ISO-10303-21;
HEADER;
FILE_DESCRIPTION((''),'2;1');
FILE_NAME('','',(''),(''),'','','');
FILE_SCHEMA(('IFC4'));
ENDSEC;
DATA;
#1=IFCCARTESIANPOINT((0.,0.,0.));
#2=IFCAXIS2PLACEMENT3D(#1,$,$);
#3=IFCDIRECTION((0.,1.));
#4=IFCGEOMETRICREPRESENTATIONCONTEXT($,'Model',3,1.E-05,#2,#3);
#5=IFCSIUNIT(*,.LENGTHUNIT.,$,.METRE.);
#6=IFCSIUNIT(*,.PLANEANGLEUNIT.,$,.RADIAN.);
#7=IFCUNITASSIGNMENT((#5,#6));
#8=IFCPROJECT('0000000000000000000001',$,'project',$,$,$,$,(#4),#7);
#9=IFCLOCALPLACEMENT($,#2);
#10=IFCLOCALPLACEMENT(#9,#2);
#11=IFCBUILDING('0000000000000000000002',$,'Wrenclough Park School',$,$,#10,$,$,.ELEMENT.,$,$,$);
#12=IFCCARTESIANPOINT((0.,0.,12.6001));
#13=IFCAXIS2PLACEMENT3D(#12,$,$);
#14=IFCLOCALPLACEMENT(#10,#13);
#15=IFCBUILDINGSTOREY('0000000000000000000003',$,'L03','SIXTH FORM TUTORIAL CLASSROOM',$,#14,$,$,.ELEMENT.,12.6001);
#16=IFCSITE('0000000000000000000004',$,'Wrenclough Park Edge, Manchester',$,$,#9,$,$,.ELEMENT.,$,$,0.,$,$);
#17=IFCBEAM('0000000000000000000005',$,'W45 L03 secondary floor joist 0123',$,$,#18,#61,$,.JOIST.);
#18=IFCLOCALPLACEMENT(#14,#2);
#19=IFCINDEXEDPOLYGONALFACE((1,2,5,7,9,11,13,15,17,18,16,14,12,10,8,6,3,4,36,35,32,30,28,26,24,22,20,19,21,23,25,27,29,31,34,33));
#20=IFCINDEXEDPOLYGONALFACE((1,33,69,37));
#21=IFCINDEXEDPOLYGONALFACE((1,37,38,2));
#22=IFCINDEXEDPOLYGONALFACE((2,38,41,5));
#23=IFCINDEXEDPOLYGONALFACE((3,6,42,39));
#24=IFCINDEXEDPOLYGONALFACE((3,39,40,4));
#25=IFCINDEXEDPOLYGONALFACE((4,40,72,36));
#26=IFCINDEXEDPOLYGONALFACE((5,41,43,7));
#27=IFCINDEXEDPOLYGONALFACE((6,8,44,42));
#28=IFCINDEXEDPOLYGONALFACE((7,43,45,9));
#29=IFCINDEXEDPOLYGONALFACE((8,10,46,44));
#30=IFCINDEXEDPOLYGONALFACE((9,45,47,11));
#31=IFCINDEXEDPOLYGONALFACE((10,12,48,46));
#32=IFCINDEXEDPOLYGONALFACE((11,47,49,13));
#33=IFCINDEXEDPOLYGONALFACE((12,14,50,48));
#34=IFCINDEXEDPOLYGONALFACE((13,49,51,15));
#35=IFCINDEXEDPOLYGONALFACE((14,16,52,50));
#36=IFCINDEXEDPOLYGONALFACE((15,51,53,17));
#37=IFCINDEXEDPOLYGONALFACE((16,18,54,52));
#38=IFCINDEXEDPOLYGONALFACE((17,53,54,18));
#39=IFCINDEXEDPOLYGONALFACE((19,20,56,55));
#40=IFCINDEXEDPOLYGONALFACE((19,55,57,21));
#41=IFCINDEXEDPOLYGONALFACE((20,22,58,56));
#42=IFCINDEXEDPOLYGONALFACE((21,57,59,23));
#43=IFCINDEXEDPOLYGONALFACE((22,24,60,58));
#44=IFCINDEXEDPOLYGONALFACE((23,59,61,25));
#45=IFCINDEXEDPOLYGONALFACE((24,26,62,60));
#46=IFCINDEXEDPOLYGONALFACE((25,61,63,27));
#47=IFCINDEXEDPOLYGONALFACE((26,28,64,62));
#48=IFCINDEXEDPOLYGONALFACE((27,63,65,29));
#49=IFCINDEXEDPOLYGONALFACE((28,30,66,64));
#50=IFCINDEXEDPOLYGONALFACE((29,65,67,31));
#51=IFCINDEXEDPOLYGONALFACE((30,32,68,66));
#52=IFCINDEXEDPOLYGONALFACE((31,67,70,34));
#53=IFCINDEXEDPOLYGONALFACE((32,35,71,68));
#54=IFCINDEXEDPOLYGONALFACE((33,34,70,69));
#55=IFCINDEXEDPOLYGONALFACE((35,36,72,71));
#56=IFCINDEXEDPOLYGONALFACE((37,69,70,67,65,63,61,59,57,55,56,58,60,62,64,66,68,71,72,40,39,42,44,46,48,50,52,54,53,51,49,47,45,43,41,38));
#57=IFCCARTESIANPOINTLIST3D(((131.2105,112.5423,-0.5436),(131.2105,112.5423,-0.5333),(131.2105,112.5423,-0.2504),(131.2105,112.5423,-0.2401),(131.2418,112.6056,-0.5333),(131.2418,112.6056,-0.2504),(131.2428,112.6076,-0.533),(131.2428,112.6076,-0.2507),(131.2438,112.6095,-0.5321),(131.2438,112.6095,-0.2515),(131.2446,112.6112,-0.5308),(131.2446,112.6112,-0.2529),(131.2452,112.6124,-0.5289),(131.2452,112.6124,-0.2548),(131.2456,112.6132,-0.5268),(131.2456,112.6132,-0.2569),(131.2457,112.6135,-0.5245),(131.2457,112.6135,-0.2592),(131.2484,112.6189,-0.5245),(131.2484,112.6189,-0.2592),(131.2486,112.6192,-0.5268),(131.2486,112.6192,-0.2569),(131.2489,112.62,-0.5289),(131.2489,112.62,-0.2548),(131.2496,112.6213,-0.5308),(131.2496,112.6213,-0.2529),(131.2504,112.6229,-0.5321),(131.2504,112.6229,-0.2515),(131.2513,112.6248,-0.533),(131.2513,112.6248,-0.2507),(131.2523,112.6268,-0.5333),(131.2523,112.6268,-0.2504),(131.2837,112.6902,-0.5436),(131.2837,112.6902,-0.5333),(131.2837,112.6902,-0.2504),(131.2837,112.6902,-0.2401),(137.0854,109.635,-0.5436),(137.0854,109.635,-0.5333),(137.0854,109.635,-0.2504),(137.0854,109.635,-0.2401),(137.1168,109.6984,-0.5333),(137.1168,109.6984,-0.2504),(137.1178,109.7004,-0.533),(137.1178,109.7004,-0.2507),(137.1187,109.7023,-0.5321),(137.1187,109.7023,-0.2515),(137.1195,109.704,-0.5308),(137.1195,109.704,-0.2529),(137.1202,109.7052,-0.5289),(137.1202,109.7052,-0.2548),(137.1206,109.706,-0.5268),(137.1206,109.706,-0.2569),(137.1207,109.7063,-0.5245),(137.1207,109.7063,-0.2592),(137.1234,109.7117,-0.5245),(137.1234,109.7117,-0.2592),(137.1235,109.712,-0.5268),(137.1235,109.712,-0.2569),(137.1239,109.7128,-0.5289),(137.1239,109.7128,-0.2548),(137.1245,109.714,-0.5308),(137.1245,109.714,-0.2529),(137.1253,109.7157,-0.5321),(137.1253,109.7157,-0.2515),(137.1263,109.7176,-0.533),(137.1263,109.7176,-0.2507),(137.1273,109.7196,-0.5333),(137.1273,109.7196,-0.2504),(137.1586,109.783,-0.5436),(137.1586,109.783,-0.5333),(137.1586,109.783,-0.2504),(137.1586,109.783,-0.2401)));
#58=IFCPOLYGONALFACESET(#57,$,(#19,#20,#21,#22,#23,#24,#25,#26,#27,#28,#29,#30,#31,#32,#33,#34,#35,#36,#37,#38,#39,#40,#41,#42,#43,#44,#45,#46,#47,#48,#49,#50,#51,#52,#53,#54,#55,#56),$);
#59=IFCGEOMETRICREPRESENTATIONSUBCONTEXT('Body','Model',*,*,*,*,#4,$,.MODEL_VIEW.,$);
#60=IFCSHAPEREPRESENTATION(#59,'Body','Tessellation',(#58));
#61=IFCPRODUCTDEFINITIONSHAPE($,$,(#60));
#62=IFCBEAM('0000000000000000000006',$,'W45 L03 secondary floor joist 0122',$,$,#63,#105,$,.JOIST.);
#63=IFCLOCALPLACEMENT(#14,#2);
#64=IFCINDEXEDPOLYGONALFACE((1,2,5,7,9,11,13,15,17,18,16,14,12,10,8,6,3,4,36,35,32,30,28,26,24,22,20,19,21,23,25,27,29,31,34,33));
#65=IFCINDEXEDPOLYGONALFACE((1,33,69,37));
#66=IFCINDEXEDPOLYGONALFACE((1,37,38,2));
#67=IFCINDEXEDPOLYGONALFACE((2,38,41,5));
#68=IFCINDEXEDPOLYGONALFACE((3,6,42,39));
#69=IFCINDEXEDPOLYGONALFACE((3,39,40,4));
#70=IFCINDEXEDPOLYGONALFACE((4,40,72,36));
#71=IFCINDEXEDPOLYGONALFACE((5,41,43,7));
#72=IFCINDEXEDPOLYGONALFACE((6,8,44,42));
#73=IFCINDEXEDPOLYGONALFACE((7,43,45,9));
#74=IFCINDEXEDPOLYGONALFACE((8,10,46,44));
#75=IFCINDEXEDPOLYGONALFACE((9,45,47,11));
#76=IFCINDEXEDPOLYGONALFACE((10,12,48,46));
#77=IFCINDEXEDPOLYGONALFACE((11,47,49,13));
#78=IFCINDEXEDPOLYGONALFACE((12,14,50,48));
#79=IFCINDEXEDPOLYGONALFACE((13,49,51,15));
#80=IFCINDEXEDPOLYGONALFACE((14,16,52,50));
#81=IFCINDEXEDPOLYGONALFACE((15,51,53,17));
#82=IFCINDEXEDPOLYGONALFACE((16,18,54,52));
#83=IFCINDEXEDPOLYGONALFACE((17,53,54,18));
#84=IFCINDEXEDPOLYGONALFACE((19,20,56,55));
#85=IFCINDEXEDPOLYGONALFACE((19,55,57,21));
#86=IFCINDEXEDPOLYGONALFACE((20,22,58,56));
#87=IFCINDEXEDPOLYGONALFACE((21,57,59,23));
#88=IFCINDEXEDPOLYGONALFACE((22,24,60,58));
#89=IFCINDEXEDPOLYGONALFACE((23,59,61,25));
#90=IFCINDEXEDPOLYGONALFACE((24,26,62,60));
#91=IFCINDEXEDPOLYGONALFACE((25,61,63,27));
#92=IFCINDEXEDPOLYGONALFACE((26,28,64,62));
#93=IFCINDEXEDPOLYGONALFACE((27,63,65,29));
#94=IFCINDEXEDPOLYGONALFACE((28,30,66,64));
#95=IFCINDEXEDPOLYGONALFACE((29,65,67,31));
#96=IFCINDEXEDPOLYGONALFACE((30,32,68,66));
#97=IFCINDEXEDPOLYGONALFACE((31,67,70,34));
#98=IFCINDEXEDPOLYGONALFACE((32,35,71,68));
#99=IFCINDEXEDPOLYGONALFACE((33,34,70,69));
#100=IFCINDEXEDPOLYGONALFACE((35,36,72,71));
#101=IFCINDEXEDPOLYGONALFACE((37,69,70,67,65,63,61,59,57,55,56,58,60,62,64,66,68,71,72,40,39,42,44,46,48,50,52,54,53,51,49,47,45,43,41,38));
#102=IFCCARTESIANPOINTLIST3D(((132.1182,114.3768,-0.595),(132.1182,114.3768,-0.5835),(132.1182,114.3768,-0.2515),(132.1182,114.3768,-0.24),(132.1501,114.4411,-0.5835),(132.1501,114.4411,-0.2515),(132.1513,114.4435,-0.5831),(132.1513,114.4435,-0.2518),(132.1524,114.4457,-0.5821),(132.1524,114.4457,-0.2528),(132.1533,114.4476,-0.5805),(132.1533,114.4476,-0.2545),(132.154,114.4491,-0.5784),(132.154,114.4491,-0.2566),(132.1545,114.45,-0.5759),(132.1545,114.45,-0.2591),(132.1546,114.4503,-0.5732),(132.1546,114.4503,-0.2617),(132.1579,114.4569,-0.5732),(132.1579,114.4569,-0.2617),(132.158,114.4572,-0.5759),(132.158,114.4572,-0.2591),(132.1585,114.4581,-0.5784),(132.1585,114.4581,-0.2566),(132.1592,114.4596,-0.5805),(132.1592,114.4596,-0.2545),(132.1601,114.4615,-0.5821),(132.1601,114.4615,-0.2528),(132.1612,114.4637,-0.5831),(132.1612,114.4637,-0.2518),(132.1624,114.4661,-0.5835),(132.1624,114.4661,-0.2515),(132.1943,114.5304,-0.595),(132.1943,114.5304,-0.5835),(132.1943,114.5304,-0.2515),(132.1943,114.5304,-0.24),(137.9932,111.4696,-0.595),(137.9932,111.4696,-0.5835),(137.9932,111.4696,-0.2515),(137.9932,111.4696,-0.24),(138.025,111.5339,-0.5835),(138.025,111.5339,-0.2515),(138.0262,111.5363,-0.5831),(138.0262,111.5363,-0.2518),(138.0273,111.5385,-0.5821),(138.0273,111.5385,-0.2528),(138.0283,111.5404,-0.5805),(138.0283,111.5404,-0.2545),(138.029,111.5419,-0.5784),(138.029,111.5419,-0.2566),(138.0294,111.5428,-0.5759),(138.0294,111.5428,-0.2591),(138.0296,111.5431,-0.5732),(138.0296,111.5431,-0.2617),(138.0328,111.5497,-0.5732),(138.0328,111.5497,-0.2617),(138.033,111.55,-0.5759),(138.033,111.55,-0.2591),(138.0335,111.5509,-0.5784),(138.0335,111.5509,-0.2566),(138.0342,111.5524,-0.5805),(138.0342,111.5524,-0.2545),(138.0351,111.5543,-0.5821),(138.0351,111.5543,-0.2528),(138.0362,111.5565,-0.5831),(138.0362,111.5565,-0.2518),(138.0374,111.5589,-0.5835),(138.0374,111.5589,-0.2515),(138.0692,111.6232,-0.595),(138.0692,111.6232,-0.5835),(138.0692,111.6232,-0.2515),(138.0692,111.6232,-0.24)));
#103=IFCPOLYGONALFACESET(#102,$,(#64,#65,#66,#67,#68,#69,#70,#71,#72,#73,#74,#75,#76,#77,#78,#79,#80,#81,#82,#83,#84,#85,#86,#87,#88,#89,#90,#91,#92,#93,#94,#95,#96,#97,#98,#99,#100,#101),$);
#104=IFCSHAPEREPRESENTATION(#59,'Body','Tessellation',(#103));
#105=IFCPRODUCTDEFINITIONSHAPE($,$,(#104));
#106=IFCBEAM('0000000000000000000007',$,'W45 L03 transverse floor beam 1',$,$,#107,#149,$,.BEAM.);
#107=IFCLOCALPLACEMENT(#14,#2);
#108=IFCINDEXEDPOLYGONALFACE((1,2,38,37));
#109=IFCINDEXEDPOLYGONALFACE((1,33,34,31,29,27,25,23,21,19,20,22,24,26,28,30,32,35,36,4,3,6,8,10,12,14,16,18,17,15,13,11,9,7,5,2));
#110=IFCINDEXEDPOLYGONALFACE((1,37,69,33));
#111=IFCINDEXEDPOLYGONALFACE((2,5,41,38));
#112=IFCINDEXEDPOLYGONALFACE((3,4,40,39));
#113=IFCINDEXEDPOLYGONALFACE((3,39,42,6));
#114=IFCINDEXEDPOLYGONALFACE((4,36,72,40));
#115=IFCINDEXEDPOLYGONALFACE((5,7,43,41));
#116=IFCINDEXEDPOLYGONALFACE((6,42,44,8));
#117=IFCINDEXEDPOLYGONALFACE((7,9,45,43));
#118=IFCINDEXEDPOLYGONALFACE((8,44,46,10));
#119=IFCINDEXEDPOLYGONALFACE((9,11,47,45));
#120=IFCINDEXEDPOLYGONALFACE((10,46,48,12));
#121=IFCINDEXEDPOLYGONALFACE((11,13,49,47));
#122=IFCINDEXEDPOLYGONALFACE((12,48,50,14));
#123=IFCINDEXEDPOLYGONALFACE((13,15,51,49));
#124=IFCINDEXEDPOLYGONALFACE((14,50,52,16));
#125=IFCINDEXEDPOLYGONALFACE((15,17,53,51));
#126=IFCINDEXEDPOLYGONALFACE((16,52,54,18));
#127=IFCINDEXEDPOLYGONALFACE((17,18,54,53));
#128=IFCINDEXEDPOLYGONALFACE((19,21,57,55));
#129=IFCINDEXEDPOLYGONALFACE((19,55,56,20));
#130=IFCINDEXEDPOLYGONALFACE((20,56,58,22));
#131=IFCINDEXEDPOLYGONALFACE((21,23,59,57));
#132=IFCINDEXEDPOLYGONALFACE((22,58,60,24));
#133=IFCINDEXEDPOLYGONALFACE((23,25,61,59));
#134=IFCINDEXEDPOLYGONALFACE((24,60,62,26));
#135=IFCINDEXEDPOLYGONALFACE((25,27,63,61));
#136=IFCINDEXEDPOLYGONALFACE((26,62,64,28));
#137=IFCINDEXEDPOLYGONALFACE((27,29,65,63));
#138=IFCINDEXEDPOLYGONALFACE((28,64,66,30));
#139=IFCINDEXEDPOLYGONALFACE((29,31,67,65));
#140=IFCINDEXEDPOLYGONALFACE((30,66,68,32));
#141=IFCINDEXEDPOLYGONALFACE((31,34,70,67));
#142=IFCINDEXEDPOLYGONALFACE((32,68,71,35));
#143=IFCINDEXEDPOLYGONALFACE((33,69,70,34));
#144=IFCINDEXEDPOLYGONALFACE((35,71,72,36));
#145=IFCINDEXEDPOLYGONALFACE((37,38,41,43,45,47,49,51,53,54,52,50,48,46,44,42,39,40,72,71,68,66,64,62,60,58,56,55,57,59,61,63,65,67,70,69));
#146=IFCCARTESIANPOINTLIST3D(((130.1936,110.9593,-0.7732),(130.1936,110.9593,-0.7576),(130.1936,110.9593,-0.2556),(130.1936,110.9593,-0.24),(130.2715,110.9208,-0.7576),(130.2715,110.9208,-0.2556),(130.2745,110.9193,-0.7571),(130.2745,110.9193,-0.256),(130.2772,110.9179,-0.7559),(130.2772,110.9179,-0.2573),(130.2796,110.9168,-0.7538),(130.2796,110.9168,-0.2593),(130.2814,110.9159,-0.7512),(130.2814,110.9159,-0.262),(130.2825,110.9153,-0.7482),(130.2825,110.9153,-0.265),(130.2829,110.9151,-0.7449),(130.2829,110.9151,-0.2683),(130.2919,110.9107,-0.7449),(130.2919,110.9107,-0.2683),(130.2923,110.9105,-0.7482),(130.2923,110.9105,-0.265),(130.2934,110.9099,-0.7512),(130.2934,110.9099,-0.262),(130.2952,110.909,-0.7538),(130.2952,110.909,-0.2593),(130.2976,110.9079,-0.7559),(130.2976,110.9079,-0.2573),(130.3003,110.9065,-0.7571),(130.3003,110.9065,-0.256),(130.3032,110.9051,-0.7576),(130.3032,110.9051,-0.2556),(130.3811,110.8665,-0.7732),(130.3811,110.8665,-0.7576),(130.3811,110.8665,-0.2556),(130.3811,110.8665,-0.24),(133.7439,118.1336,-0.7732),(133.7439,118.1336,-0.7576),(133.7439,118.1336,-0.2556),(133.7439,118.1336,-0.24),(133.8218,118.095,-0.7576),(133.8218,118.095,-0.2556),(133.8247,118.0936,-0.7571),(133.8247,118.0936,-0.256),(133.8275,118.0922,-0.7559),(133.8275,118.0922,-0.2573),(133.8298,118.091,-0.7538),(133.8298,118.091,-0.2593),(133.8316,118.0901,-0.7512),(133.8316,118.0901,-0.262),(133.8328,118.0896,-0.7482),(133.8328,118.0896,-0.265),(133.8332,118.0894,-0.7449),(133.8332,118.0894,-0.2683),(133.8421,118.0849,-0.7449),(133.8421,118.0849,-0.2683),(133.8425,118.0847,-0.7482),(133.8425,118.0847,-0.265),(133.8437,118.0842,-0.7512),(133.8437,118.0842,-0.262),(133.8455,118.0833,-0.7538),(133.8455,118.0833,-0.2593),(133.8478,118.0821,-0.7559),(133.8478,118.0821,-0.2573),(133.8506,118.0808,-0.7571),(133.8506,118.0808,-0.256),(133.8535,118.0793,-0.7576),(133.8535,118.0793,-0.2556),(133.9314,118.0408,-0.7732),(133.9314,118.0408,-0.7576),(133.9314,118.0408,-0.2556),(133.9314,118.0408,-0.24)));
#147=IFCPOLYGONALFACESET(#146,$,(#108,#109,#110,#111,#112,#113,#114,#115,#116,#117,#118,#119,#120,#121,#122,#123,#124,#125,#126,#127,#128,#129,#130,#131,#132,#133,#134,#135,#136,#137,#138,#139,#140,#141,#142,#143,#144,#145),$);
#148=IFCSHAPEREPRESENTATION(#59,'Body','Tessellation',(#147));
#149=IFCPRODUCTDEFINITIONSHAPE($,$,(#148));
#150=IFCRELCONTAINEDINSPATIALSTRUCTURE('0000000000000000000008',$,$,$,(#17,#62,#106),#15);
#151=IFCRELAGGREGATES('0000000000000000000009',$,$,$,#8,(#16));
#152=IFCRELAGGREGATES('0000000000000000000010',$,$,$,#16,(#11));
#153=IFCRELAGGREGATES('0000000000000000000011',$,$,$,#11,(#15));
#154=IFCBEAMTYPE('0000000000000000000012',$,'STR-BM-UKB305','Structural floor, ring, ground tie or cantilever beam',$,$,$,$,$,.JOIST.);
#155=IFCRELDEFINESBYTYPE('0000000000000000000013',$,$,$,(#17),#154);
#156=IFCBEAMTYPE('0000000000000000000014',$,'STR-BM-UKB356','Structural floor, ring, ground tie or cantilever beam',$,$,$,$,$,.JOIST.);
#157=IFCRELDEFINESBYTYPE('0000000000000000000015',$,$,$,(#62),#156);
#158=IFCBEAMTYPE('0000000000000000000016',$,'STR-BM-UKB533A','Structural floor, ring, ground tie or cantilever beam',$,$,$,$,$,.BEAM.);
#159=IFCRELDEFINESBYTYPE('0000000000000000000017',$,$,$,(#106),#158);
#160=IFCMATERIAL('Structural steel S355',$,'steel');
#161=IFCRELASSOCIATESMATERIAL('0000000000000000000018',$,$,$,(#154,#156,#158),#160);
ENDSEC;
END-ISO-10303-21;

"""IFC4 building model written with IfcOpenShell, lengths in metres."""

from ifc_helpers import new_model, si_unit, direction, frame, origin, origin_2d, place, context, subcontext, project, spatial, i_section, extrude, material, material_profile, profile_set, type_object, element, save


model = new_model("IFC4")

# Units and contexts
model_context = context("Model", 3, precision=1e-05, world=origin(), true_north=direction((0.0, 1.0)))
body_context = subcontext(model_context, "Body", "Model", "MODEL_VIEW")
ifc_project = project(units=[si_unit("LENGTHUNIT", "METRE"), si_unit("PLANEANGLEUNIT", "RADIAN")], contexts=[model_context])

# Site, building, storey
site_placement = place(None, origin())
site = spatial("IfcSite", under=ifc_project, at=site_placement, Name="Wrenclough Park Edge, Manchester", CompositionType="ELEMENT", RefElevation=0.0)
building_placement = place(site_placement, origin())
building = spatial("IfcBuilding", under=site, at=building_placement, Name="Wrenclough Park School", CompositionType="ELEMENT")
storey_placement = place(building_placement, frame((0.0, 0.0, 12.6001)))
storey = spatial("IfcBuildingStorey", under=building, at=storey_placement, Name="L03", Description="SIXTH FORM TUTORIAL CLASSROOM", CompositionType="ELEMENT", Elevation=12.6001)

# Shared definitions
ifc_material_1 = material(Name="Structural steel S355", Category="steel")

# Beams
ifc_material_profile_1 = material_profile(ifc_material_1, i_section(OverallWidth=0.165, OverallDepth=0.3035, WebThickness=0.0061, FlangeThickness=0.0103, FilletRadius=0.0088, at=origin_2d()), Name="UKB 305x165x40")
ifc_profile_set_1 = profile_set([ifc_material_profile_1], Name="Structural steel S355")
beam_type_1 = type_object("IfcBeamType", Name="STR-BM-UKB305", Description="Structural floor, ring, ground tie or cantilever beam", PredefinedType="JOIST", material=ifc_profile_set_1)
for number, where, z_axis, x_axis, name in (
    (1, (131.2471, 112.6162, -0.3918), (0.896267, -0.443515, 0.0), (0.443515, 0.896267, 0.0), "W45 L03 secondary floor joist 0123"),
):
    element("IfcBeam", number, at=place(storey_placement, frame(where, z_axis=z_axis, x_axis=x_axis)), inside=storey, type_object=beam_type_1, Name=name, PredefinedType="JOIST", context=body_context, shape_type="SweptSolid", body=[
        extrude(i_section(OverallWidth=0.165, OverallDepth=0.3035, WebThickness=0.0061, FlangeThickness=0.0103, FilletRadius=0.0088, at=origin_2d()), origin(), (0.0, 0.0, 1.0), 6.5549),
    ])
ifc_material_profile_2 = material_profile(ifc_material_1, i_section(OverallWidth=0.1714, OverallDepth=0.355, WebThickness=0.0073, FlangeThickness=0.0115, FilletRadius=0.0103, at=origin_2d()), Name="UKB 356x171x51")
ifc_profile_set_2 = profile_set([ifc_material_profile_2], Name="Structural steel S355")
beam_type_2 = type_object("IfcBeamType", Name="STR-BM-UKB356", Description="Structural floor, ring, ground tie or cantilever beam", PredefinedType="JOIST", material=ifc_profile_set_2)
beam_1_placement = place(storey_placement, frame((132.1562, 114.4536, -0.4175), z_axis=(0.896267, -0.443515, 0.0), x_axis=(0.443515, 0.896267, 0.0)))
element("IfcBeam", 2, at=beam_1_placement, inside=storey, type_object=beam_type_2, Name="W45 L03 secondary floor joist 0122", PredefinedType="JOIST", context=body_context, shape_type="SweptSolid", body=[
    extrude(i_section(OverallWidth=0.1714, OverallDepth=0.355, WebThickness=0.0073, FlangeThickness=0.0115, FilletRadius=0.0103, at=origin_2d()), origin(), (0.0, 0.0, 1.0), 6.5549),
])
ifc_material_profile_3 = material_profile(ifc_material_1, i_section(OverallWidth=0.2092, OverallDepth=0.5332, WebThickness=0.01, FlangeThickness=0.0156, FilletRadius=0.0127, at=origin_2d()), Name="UKB 533x210x92")
ifc_profile_set_3 = profile_set([ifc_material_profile_3], Name="Structural steel S355")
beam_type_3 = type_object("IfcBeamType", Name="STR-BM-UKB533A", Description="Structural floor, ring, ground tie or cantilever beam", PredefinedType="BEAM", material=ifc_profile_set_3)
beam_2_placement = place(storey_placement, frame((133.8376, 118.0872, -0.5066), z_axis=(-0.443525, -0.896262, 0.0), x_axis=(0.896262, -0.443525, 0.0)))
element("IfcBeam", 3, at=beam_2_placement, inside=storey, type_object=beam_type_3, Name="W45 L03 transverse floor beam 1", PredefinedType="BEAM", context=body_context, shape_type="SweptSolid", body=[
    extrude(i_section(OverallWidth=0.2092, OverallDepth=0.5332, WebThickness=0.01, FlangeThickness=0.0156, FilletRadius=0.0127, at=origin_2d()), origin(), (0.0, 0.0, 1.0), 8.0046),
])

save(model, "model.ifc")
